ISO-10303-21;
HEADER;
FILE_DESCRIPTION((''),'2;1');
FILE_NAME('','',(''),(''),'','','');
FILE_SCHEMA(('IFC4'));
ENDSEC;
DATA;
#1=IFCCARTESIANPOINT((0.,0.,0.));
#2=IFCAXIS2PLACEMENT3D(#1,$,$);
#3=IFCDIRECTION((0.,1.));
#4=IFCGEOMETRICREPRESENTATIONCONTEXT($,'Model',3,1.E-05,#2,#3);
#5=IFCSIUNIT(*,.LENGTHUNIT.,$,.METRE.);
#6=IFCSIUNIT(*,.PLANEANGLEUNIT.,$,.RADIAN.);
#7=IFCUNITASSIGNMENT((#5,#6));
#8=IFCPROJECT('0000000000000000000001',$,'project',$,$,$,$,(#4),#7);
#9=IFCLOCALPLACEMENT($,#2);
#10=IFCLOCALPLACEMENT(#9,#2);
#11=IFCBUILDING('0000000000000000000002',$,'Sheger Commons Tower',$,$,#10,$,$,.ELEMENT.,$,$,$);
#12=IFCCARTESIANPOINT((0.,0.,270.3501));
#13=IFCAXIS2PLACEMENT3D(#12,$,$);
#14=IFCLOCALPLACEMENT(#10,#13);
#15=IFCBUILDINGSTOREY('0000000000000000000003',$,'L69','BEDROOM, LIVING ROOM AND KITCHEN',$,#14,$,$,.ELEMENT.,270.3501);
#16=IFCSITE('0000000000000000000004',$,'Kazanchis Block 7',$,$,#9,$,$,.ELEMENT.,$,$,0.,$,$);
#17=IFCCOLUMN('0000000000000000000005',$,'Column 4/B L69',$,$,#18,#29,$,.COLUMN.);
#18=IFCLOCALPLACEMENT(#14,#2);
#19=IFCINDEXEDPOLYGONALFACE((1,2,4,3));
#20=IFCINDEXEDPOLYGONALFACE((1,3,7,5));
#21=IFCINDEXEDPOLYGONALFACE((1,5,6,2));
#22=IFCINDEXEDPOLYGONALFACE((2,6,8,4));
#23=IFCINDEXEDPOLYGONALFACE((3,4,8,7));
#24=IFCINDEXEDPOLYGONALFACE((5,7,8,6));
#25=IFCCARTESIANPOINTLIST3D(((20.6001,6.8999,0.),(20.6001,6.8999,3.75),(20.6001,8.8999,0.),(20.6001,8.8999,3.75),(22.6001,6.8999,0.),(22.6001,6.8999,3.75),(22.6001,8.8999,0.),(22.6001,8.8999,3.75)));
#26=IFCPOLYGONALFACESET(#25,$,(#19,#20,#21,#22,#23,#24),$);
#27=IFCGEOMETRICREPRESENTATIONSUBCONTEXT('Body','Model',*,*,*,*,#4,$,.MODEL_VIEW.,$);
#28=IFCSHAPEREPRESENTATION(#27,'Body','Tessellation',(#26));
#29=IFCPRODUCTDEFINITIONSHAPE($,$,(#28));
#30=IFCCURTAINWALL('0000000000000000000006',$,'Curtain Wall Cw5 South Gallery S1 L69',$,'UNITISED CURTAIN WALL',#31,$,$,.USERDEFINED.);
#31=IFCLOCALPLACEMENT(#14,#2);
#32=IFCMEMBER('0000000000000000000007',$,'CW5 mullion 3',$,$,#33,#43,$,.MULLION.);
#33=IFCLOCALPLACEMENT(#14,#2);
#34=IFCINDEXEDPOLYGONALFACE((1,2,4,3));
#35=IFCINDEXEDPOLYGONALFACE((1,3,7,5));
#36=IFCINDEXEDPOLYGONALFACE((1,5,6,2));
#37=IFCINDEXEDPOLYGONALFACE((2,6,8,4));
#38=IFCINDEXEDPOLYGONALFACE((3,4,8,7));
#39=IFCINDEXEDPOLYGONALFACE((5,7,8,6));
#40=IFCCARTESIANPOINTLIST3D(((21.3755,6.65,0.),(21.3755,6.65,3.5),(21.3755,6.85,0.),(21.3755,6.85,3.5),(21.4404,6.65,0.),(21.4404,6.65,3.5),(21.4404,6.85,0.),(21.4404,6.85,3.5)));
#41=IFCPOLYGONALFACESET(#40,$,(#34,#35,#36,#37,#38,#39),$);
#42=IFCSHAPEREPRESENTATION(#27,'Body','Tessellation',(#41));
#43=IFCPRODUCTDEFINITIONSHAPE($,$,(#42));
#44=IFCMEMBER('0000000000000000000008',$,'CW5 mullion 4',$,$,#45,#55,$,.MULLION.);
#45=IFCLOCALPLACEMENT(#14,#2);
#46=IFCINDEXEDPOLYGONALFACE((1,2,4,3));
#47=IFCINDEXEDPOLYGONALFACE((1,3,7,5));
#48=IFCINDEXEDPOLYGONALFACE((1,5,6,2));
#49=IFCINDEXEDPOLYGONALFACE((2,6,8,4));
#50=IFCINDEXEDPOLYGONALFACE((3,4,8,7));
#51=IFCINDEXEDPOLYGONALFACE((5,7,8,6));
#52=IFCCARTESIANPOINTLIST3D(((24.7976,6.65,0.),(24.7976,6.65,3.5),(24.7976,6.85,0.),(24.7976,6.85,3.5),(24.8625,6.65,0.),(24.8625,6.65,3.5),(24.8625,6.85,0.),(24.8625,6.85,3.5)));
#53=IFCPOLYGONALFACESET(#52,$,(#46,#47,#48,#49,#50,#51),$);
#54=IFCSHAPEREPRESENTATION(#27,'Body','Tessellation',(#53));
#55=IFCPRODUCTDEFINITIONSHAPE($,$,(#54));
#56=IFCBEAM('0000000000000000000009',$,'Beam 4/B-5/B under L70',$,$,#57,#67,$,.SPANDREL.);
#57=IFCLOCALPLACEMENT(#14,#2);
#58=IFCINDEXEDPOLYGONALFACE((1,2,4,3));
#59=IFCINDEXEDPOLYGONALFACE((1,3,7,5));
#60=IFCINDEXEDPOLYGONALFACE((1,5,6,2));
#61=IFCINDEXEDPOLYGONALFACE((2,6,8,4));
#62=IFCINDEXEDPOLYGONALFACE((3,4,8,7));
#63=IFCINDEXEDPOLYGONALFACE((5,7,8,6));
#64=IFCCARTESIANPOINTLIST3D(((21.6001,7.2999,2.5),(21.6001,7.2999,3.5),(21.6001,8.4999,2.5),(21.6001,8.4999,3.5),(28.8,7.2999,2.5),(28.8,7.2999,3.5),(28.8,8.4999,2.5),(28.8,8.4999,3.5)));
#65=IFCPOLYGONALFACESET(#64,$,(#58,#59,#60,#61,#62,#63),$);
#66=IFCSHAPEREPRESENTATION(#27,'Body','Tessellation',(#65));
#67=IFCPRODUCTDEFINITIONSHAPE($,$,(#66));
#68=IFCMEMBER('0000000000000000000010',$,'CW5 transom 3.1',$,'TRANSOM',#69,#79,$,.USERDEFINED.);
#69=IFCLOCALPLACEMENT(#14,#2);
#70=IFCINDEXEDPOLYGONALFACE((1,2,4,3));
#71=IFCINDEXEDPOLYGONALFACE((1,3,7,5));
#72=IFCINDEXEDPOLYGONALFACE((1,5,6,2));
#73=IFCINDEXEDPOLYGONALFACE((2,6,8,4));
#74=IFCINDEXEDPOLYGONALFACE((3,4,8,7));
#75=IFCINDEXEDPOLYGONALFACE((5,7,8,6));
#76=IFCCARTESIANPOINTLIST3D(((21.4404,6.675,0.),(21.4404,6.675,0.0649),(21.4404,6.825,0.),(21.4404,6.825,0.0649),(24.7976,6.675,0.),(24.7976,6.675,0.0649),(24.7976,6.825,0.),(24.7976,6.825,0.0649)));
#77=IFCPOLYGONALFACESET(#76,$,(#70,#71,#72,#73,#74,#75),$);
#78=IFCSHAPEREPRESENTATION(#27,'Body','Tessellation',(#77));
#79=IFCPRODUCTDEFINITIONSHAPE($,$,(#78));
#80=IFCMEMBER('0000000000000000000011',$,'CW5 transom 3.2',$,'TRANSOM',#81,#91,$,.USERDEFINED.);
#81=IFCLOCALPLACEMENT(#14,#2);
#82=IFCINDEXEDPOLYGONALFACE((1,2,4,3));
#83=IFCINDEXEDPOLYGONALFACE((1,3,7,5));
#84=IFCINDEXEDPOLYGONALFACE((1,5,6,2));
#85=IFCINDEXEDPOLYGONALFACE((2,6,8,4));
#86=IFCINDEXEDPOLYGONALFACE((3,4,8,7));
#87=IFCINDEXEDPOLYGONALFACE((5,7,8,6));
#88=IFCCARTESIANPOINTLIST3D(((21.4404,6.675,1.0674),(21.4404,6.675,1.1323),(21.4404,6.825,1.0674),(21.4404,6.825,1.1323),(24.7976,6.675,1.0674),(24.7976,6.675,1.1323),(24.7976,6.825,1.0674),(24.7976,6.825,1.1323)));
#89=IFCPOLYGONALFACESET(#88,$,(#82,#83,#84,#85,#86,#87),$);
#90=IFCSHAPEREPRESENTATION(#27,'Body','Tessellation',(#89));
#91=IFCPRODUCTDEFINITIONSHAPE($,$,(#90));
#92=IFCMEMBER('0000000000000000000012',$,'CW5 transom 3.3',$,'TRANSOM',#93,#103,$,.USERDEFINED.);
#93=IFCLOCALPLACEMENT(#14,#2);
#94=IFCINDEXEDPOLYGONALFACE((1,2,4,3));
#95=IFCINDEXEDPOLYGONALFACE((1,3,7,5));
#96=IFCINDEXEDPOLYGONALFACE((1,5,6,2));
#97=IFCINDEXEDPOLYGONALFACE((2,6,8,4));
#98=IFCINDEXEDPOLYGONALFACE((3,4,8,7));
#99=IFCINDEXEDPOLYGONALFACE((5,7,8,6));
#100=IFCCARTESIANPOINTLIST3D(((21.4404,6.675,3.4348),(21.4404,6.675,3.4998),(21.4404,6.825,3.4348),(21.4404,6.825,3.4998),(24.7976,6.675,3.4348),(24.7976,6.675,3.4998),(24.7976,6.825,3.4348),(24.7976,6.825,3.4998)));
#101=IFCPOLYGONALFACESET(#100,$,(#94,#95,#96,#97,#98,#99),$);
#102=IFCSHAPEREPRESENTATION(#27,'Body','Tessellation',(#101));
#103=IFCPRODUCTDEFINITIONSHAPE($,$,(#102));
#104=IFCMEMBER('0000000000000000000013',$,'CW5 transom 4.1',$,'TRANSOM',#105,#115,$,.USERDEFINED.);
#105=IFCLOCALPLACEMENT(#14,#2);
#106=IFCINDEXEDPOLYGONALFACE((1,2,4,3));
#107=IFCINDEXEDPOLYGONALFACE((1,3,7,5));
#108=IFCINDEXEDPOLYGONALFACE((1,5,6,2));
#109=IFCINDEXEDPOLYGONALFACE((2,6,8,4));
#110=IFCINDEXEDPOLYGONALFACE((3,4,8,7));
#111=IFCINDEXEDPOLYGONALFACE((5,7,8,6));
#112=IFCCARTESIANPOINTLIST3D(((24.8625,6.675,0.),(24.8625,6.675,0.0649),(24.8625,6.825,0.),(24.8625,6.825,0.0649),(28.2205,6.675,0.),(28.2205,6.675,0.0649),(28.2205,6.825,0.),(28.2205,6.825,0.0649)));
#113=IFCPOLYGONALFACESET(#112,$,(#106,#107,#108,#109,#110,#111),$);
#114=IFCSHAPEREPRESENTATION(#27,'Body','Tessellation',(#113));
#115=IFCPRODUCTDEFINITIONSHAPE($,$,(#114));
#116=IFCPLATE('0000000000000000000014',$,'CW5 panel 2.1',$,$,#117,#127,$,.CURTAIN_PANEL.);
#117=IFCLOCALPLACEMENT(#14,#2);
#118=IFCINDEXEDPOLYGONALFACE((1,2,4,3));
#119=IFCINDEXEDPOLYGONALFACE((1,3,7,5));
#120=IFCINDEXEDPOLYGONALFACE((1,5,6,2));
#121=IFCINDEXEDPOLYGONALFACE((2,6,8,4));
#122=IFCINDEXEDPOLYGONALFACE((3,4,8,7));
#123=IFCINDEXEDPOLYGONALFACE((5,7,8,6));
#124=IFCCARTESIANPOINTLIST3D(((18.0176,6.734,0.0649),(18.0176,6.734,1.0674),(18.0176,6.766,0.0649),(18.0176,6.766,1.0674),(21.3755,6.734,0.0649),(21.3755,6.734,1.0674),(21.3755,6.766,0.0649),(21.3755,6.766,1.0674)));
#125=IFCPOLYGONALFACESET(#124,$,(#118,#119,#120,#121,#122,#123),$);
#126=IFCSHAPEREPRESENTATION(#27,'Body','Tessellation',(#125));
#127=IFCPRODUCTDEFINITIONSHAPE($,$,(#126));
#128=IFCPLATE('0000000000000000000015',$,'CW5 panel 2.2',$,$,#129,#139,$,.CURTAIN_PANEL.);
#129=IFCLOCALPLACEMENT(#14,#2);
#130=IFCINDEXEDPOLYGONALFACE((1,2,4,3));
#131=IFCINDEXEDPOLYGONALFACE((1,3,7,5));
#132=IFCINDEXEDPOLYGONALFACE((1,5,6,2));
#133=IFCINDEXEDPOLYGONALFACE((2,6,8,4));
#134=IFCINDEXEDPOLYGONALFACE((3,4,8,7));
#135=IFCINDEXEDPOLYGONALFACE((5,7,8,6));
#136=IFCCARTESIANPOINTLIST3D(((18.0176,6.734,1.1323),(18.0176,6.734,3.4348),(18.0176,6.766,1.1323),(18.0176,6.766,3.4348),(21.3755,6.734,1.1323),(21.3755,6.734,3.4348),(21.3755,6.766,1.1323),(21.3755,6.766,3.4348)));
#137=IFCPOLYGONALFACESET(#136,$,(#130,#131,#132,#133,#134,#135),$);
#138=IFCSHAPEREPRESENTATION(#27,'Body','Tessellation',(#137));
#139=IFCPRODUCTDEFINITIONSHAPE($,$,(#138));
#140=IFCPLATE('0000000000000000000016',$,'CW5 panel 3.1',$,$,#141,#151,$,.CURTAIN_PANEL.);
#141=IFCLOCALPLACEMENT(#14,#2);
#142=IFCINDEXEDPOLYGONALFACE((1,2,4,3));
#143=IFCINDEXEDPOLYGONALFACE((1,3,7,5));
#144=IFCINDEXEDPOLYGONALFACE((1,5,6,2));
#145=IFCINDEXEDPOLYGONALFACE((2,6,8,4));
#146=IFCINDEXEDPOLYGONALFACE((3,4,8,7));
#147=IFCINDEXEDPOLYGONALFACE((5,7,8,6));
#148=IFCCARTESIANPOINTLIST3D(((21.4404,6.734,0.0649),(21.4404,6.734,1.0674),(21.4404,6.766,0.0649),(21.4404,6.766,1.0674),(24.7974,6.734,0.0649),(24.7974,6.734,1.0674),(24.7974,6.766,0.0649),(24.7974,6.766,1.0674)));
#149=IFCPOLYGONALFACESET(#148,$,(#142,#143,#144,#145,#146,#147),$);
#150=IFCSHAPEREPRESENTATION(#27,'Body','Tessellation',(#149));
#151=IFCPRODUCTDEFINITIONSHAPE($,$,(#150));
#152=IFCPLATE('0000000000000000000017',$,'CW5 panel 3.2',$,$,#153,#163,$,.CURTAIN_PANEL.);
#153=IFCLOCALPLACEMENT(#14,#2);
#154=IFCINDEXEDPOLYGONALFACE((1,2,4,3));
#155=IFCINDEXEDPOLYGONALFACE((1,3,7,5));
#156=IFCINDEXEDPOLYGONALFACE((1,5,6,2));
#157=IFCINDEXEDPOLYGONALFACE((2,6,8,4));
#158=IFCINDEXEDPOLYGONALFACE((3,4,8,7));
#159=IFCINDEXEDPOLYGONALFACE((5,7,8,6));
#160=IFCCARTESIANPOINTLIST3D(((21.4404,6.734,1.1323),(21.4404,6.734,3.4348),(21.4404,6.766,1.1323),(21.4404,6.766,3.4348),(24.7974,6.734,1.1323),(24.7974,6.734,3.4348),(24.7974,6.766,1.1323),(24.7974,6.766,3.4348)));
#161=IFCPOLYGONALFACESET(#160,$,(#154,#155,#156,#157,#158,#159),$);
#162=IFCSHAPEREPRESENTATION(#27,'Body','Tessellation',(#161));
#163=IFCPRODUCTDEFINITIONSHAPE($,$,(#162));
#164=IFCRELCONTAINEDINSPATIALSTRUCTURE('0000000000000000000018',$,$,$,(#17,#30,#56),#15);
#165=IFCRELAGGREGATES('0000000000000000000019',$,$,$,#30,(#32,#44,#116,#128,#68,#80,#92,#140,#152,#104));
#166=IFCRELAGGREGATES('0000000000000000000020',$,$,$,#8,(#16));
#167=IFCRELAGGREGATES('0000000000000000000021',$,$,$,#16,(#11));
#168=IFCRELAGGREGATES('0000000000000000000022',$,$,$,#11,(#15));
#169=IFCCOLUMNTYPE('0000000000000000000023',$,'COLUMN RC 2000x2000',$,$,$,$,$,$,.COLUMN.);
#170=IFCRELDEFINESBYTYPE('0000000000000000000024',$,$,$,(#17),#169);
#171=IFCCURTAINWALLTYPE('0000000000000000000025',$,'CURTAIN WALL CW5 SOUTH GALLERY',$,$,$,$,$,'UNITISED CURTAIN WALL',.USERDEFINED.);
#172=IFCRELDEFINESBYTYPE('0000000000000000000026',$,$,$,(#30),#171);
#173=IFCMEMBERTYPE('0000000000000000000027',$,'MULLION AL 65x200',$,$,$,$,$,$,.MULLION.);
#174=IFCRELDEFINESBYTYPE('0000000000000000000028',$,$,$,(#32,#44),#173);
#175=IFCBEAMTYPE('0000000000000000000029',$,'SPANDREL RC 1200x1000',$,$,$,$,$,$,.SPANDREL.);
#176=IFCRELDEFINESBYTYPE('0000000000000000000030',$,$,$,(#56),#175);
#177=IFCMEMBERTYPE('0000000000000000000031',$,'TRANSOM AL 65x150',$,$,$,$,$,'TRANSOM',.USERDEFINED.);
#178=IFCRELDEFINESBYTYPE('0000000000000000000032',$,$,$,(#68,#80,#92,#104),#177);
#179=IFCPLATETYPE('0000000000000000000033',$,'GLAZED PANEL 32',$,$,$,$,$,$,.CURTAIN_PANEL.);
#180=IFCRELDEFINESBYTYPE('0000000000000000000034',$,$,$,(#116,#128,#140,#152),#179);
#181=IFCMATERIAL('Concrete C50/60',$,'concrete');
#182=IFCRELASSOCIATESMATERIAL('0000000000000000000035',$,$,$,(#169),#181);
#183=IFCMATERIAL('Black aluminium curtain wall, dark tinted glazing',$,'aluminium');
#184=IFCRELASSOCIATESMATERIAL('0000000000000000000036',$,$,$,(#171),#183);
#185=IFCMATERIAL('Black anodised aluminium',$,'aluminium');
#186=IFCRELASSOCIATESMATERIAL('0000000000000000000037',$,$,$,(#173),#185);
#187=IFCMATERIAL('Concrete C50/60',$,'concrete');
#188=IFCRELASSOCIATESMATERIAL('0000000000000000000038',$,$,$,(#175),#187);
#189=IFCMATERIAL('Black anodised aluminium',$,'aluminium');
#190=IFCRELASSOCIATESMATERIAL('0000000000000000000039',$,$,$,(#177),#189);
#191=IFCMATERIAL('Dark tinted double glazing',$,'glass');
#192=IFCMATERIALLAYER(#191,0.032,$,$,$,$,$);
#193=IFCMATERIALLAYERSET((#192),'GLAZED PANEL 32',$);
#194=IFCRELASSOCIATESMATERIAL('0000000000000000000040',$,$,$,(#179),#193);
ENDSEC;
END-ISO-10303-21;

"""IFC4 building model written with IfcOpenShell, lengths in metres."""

from ifc_helpers import new_model, si_unit, direction, frame, origin, origin_2d, place, context, subcontext, project, spatial, rectangle, extrude, material, layer, layer_set, material_profile, profile_set, type_object, element, aggregate, save


model = new_model("IFC4")

# Units and contexts
model_context = context("Model", 3, precision=1e-05, world=origin(), true_north=direction((0.0, 1.0)))
body_context = subcontext(model_context, "Body", "Model", "MODEL_VIEW")
ifc_project = project(units=[si_unit("LENGTHUNIT", "METRE"), si_unit("PLANEANGLEUNIT", "RADIAN")], contexts=[model_context])

# Site, building, storey
site_placement = place(None, origin())
site = spatial("IfcSite", under=ifc_project, at=site_placement, Name="Kazanchis Block 7", CompositionType="ELEMENT", RefElevation=0.0)
building_placement = place(site_placement, origin())
building = spatial("IfcBuilding", under=site, at=building_placement, Name="Sheger Commons Tower", CompositionType="ELEMENT")
storey_placement = place(building_placement, frame((0.0, 0.0, 270.3501)))
storey = spatial("IfcBuildingStorey", under=building, at=storey_placement, Name="L69", Description="BEDROOM, LIVING ROOM AND KITCHEN", CompositionType="ELEMENT", Elevation=270.3501)

# Column
ifc_material_1 = material(Name="Concrete C50/60", Category="concrete")
ifc_material_profile_1 = material_profile(ifc_material_1, rectangle(XDim=2.0, YDim=2.0, at=origin_2d()), Name="RC 2000x2000")
ifc_profile_set_1 = profile_set([ifc_material_profile_1], Name="Concrete C50/60")
column_type = type_object("IfcColumnType", Name="COLUMN RC 2000x2000", PredefinedType="COLUMN", material=ifc_profile_set_1)
column_placement = place(storey_placement, frame((21.6001, 7.8999, 0.0), z_axis=(0.0, 0.0, 1.0), x_axis=(1.0, 0.0, 0.0)))
element("IfcColumn", 1, at=column_placement, inside=storey, type_object=column_type, Name="Column 4/B L69", PredefinedType="COLUMN", context=body_context, shape_type="SweptSolid", body=[
    extrude(rectangle(XDim=2.0, YDim=2.0, at=origin_2d()), origin(), (0.0, 0.0, 1.0), 3.75),
])

# Curtain wall, members
ifc_material_2 = material(Name="Black aluminium curtain wall, dark tinted glazing", Category="aluminium")
curtain_wall_type = type_object("IfcCurtainWallType", Name="CURTAIN WALL CW5 SOUTH GALLERY", ElementType="UNITISED CURTAIN WALL", PredefinedType="USERDEFINED", material=ifc_material_2)
curtain_wall_placement = place(storey_placement, origin())
curtain_wall = element("IfcCurtainWall", 2, at=curtain_wall_placement, inside=storey, type_object=curtain_wall_type, Name="Curtain Wall Cw5 South Gallery S1 L69", ObjectType="UNITISED CURTAIN WALL", PredefinedType="USERDEFINED")
ifc_material_3 = material(Name="Black anodised aluminium", Category="aluminium")
ifc_material_profile_2 = material_profile(ifc_material_3, rectangle(XDim=0.2, YDim=0.0649, at=origin_2d()), Name="AL 65x200")
ifc_profile_set_2 = profile_set([ifc_material_profile_2], Name="Black anodised aluminium")
member_type_1 = type_object("IfcMemberType", Name="MULLION AL 65x200", PredefinedType="MULLION", material=ifc_profile_set_2)
member_1_placement = place(storey_placement, frame((21.408, 6.75, 0.0), z_axis=(0.0, 0.0, 1.0), x_axis=(0.0, 1.0, 0.0)))
member_1 = element("IfcMember", 3, at=member_1_placement, type_object=member_type_1, Name="CW5 mullion 3", PredefinedType="MULLION", context=body_context, shape_type="SweptSolid", body=[
    extrude(rectangle(XDim=0.2, YDim=0.0649, at=origin_2d()), origin(), (0.0, 0.0, 1.0), 3.5),
])
member_2_placement = place(storey_placement, frame((24.8301, 6.75, 0.0), z_axis=(0.0, 0.0, 1.0), x_axis=(0.0, 1.0, 0.0)))
member_2 = element("IfcMember", 4, at=member_2_placement, type_object=member_type_1, Name="CW5 mullion 4", PredefinedType="MULLION", context=body_context, shape_type="SweptSolid", body=[
    extrude(rectangle(XDim=0.2, YDim=0.0649, at=origin_2d()), origin(), (0.0, 0.0, 1.0), 3.5),
])

# Beam
ifc_material_4 = material(Name="Concrete C50/60", Category="concrete")
ifc_material_profile_3 = material_profile(ifc_material_4, rectangle(XDim=1.2, YDim=1.0, at=origin_2d()), Name="RC 1200x1000")
ifc_profile_set_3 = profile_set([ifc_material_profile_3], Name="Concrete C50/60")
beam_type = type_object("IfcBeamType", Name="SPANDREL RC 1200x1000", PredefinedType="SPANDREL", material=ifc_profile_set_3)
beam_placement = place(storey_placement, frame((21.6001, 7.8999, 3.0), z_axis=(1.0, 0.0, 0.0), x_axis=(0.0, 1.0, 0.0)))
element("IfcBeam", 5, at=beam_placement, inside=storey, type_object=beam_type, Name="Beam 4/B-5/B under L70", PredefinedType="SPANDREL", context=body_context, shape_type="SweptSolid", body=[
    extrude(rectangle(XDim=1.2, YDim=1.0, at=origin_2d()), origin(), (0.0, 0.0, 1.0), 7.2),
])

# Members
ifc_material_5 = material(Name="Black anodised aluminium", Category="aluminium")
ifc_material_profile_4 = material_profile(ifc_material_5, rectangle(XDim=0.1499, YDim=0.0649, at=origin_2d()), Name="AL 65x150")
ifc_profile_set_4 = profile_set([ifc_material_profile_4], Name="Black anodised aluminium")
member_type_2 = type_object("IfcMemberType", Name="TRANSOM AL 65x150", ElementType="TRANSOM", PredefinedType="USERDEFINED", material=ifc_profile_set_4)
member_3_placement = place(storey_placement, frame((21.4404, 6.75, 0.0325), z_axis=(1.0, 0.0, 0.0), x_axis=(0.0, 1.0, 0.0)))
member_3 = element("IfcMember", 6, at=member_3_placement, type_object=member_type_2, Name="CW5 transom 3.1", ObjectType="TRANSOM", PredefinedType="USERDEFINED", context=body_context, shape_type="SweptSolid", body=[
    extrude(rectangle(XDim=0.1499, YDim=0.0649, at=origin_2d()), origin(), (0.0, 0.0, 1.0), 3.3572),
])
member_4_placement = place(storey_placement, frame((21.4404, 6.75, 1.0999), z_axis=(1.0, 0.0, 0.0), x_axis=(0.0, 1.0, 0.0)))
member_4 = element("IfcMember", 7, at=member_4_placement, type_object=member_type_2, Name="CW5 transom 3.2", ObjectType="TRANSOM", PredefinedType="USERDEFINED", context=body_context, shape_type="SweptSolid", body=[
    extrude(rectangle(XDim=0.1499, YDim=0.0649, at=origin_2d()), origin(), (0.0, 0.0, 1.0), 3.3572),
])
member_5_placement = place(storey_placement, frame((21.4404, 6.75, 3.4673), z_axis=(1.0, 0.0, 0.0), x_axis=(0.0, 1.0, 0.0)))
member_5 = element("IfcMember", 8, at=member_5_placement, type_object=member_type_2, Name="CW5 transom 3.3", ObjectType="TRANSOM", PredefinedType="USERDEFINED", context=body_context, shape_type="SweptSolid", body=[
    extrude(rectangle(XDim=0.1499, YDim=0.0649, at=origin_2d()), origin(), (0.0, 0.0, 1.0), 3.3572),
])
member_6_placement = place(storey_placement, frame((24.8625, 6.75, 0.0325), z_axis=(1.0, 0.0, 0.0), x_axis=(0.0, 1.0, 0.0)))
member_6 = element("IfcMember", 9, at=member_6_placement, type_object=member_type_2, Name="CW5 transom 4.1", ObjectType="TRANSOM", PredefinedType="USERDEFINED", context=body_context, shape_type="SweptSolid", body=[
    extrude(rectangle(XDim=0.1499, YDim=0.0649, at=origin_2d()), origin(), (0.0, 0.0, 1.0), 3.3579),
])

# Plates
ifc_material_6 = material(Name="Dark tinted double glazing", Category="glass")
ifc_layer_1 = layer(ifc_material_6, 0.032)
ifc_layer_set_1 = layer_set([ifc_layer_1], Name="GLAZED PANEL 32")
plate_type = type_object("IfcPlateType", Name="GLAZED PANEL 32", PredefinedType="CURTAIN_PANEL", material=ifc_layer_set_1)
plate_1_placement = place(storey_placement, frame((19.6965, 6.75, 0.0649), z_axis=(0.0, 0.0, 1.0), x_axis=(1.0, 0.0, 0.0)))
plate_1 = element("IfcPlate", 10, at=plate_1_placement, type_object=plate_type, Name="CW5 panel 2.1", PredefinedType="CURTAIN_PANEL", context=body_context, shape_type="SweptSolid", body=[
    extrude(rectangle(XDim=3.3579, YDim=0.032, at=origin_2d()), origin(), (0.0, 0.0, 1.0), 1.0024),
])
plate_2_placement = place(storey_placement, frame((19.6965, 6.75, 1.1323), z_axis=(0.0, 0.0, 1.0), x_axis=(1.0, 0.0, 0.0)))
plate_2 = element("IfcPlate", 11, at=plate_2_placement, type_object=plate_type, Name="CW5 panel 2.2", PredefinedType="CURTAIN_PANEL", context=body_context, shape_type="SweptSolid", body=[
    extrude(rectangle(XDim=3.3579, YDim=0.032, at=origin_2d()), origin(), (0.0, 0.0, 1.0), 2.3025),
])
plate_3_placement = place(storey_placement, frame((23.1189, 6.75, 0.0649), z_axis=(0.0, 0.0, 1.0), x_axis=(1.0, 0.0, 0.0)))
plate_3 = element("IfcPlate", 12, at=plate_3_placement, type_object=plate_type, Name="CW5 panel 3.1", PredefinedType="CURTAIN_PANEL", context=body_context, shape_type="SweptSolid", body=[
    extrude(rectangle(XDim=3.3569, YDim=0.032, at=origin_2d()), origin(), (0.0, 0.0, 1.0), 1.0024),
])
plate_4_placement = place(storey_placement, frame((23.1189, 6.75, 1.1323), z_axis=(0.0, 0.0, 1.0), x_axis=(1.0, 0.0, 0.0)))
plate_4 = element("IfcPlate", 13, at=plate_4_placement, type_object=plate_type, Name="CW5 panel 3.2", PredefinedType="CURTAIN_PANEL", context=body_context, shape_type="SweptSolid", body=[
    extrude(rectangle(XDim=3.3569, YDim=0.032, at=origin_2d()), origin(), (0.0, 0.0, 1.0), 2.3025),
])
aggregate(curtain_wall, [member_1, member_2, plate_1, plate_2, member_3, member_4, member_5, plate_3, plate_4, member_6])

save(model, "model.ifc")
